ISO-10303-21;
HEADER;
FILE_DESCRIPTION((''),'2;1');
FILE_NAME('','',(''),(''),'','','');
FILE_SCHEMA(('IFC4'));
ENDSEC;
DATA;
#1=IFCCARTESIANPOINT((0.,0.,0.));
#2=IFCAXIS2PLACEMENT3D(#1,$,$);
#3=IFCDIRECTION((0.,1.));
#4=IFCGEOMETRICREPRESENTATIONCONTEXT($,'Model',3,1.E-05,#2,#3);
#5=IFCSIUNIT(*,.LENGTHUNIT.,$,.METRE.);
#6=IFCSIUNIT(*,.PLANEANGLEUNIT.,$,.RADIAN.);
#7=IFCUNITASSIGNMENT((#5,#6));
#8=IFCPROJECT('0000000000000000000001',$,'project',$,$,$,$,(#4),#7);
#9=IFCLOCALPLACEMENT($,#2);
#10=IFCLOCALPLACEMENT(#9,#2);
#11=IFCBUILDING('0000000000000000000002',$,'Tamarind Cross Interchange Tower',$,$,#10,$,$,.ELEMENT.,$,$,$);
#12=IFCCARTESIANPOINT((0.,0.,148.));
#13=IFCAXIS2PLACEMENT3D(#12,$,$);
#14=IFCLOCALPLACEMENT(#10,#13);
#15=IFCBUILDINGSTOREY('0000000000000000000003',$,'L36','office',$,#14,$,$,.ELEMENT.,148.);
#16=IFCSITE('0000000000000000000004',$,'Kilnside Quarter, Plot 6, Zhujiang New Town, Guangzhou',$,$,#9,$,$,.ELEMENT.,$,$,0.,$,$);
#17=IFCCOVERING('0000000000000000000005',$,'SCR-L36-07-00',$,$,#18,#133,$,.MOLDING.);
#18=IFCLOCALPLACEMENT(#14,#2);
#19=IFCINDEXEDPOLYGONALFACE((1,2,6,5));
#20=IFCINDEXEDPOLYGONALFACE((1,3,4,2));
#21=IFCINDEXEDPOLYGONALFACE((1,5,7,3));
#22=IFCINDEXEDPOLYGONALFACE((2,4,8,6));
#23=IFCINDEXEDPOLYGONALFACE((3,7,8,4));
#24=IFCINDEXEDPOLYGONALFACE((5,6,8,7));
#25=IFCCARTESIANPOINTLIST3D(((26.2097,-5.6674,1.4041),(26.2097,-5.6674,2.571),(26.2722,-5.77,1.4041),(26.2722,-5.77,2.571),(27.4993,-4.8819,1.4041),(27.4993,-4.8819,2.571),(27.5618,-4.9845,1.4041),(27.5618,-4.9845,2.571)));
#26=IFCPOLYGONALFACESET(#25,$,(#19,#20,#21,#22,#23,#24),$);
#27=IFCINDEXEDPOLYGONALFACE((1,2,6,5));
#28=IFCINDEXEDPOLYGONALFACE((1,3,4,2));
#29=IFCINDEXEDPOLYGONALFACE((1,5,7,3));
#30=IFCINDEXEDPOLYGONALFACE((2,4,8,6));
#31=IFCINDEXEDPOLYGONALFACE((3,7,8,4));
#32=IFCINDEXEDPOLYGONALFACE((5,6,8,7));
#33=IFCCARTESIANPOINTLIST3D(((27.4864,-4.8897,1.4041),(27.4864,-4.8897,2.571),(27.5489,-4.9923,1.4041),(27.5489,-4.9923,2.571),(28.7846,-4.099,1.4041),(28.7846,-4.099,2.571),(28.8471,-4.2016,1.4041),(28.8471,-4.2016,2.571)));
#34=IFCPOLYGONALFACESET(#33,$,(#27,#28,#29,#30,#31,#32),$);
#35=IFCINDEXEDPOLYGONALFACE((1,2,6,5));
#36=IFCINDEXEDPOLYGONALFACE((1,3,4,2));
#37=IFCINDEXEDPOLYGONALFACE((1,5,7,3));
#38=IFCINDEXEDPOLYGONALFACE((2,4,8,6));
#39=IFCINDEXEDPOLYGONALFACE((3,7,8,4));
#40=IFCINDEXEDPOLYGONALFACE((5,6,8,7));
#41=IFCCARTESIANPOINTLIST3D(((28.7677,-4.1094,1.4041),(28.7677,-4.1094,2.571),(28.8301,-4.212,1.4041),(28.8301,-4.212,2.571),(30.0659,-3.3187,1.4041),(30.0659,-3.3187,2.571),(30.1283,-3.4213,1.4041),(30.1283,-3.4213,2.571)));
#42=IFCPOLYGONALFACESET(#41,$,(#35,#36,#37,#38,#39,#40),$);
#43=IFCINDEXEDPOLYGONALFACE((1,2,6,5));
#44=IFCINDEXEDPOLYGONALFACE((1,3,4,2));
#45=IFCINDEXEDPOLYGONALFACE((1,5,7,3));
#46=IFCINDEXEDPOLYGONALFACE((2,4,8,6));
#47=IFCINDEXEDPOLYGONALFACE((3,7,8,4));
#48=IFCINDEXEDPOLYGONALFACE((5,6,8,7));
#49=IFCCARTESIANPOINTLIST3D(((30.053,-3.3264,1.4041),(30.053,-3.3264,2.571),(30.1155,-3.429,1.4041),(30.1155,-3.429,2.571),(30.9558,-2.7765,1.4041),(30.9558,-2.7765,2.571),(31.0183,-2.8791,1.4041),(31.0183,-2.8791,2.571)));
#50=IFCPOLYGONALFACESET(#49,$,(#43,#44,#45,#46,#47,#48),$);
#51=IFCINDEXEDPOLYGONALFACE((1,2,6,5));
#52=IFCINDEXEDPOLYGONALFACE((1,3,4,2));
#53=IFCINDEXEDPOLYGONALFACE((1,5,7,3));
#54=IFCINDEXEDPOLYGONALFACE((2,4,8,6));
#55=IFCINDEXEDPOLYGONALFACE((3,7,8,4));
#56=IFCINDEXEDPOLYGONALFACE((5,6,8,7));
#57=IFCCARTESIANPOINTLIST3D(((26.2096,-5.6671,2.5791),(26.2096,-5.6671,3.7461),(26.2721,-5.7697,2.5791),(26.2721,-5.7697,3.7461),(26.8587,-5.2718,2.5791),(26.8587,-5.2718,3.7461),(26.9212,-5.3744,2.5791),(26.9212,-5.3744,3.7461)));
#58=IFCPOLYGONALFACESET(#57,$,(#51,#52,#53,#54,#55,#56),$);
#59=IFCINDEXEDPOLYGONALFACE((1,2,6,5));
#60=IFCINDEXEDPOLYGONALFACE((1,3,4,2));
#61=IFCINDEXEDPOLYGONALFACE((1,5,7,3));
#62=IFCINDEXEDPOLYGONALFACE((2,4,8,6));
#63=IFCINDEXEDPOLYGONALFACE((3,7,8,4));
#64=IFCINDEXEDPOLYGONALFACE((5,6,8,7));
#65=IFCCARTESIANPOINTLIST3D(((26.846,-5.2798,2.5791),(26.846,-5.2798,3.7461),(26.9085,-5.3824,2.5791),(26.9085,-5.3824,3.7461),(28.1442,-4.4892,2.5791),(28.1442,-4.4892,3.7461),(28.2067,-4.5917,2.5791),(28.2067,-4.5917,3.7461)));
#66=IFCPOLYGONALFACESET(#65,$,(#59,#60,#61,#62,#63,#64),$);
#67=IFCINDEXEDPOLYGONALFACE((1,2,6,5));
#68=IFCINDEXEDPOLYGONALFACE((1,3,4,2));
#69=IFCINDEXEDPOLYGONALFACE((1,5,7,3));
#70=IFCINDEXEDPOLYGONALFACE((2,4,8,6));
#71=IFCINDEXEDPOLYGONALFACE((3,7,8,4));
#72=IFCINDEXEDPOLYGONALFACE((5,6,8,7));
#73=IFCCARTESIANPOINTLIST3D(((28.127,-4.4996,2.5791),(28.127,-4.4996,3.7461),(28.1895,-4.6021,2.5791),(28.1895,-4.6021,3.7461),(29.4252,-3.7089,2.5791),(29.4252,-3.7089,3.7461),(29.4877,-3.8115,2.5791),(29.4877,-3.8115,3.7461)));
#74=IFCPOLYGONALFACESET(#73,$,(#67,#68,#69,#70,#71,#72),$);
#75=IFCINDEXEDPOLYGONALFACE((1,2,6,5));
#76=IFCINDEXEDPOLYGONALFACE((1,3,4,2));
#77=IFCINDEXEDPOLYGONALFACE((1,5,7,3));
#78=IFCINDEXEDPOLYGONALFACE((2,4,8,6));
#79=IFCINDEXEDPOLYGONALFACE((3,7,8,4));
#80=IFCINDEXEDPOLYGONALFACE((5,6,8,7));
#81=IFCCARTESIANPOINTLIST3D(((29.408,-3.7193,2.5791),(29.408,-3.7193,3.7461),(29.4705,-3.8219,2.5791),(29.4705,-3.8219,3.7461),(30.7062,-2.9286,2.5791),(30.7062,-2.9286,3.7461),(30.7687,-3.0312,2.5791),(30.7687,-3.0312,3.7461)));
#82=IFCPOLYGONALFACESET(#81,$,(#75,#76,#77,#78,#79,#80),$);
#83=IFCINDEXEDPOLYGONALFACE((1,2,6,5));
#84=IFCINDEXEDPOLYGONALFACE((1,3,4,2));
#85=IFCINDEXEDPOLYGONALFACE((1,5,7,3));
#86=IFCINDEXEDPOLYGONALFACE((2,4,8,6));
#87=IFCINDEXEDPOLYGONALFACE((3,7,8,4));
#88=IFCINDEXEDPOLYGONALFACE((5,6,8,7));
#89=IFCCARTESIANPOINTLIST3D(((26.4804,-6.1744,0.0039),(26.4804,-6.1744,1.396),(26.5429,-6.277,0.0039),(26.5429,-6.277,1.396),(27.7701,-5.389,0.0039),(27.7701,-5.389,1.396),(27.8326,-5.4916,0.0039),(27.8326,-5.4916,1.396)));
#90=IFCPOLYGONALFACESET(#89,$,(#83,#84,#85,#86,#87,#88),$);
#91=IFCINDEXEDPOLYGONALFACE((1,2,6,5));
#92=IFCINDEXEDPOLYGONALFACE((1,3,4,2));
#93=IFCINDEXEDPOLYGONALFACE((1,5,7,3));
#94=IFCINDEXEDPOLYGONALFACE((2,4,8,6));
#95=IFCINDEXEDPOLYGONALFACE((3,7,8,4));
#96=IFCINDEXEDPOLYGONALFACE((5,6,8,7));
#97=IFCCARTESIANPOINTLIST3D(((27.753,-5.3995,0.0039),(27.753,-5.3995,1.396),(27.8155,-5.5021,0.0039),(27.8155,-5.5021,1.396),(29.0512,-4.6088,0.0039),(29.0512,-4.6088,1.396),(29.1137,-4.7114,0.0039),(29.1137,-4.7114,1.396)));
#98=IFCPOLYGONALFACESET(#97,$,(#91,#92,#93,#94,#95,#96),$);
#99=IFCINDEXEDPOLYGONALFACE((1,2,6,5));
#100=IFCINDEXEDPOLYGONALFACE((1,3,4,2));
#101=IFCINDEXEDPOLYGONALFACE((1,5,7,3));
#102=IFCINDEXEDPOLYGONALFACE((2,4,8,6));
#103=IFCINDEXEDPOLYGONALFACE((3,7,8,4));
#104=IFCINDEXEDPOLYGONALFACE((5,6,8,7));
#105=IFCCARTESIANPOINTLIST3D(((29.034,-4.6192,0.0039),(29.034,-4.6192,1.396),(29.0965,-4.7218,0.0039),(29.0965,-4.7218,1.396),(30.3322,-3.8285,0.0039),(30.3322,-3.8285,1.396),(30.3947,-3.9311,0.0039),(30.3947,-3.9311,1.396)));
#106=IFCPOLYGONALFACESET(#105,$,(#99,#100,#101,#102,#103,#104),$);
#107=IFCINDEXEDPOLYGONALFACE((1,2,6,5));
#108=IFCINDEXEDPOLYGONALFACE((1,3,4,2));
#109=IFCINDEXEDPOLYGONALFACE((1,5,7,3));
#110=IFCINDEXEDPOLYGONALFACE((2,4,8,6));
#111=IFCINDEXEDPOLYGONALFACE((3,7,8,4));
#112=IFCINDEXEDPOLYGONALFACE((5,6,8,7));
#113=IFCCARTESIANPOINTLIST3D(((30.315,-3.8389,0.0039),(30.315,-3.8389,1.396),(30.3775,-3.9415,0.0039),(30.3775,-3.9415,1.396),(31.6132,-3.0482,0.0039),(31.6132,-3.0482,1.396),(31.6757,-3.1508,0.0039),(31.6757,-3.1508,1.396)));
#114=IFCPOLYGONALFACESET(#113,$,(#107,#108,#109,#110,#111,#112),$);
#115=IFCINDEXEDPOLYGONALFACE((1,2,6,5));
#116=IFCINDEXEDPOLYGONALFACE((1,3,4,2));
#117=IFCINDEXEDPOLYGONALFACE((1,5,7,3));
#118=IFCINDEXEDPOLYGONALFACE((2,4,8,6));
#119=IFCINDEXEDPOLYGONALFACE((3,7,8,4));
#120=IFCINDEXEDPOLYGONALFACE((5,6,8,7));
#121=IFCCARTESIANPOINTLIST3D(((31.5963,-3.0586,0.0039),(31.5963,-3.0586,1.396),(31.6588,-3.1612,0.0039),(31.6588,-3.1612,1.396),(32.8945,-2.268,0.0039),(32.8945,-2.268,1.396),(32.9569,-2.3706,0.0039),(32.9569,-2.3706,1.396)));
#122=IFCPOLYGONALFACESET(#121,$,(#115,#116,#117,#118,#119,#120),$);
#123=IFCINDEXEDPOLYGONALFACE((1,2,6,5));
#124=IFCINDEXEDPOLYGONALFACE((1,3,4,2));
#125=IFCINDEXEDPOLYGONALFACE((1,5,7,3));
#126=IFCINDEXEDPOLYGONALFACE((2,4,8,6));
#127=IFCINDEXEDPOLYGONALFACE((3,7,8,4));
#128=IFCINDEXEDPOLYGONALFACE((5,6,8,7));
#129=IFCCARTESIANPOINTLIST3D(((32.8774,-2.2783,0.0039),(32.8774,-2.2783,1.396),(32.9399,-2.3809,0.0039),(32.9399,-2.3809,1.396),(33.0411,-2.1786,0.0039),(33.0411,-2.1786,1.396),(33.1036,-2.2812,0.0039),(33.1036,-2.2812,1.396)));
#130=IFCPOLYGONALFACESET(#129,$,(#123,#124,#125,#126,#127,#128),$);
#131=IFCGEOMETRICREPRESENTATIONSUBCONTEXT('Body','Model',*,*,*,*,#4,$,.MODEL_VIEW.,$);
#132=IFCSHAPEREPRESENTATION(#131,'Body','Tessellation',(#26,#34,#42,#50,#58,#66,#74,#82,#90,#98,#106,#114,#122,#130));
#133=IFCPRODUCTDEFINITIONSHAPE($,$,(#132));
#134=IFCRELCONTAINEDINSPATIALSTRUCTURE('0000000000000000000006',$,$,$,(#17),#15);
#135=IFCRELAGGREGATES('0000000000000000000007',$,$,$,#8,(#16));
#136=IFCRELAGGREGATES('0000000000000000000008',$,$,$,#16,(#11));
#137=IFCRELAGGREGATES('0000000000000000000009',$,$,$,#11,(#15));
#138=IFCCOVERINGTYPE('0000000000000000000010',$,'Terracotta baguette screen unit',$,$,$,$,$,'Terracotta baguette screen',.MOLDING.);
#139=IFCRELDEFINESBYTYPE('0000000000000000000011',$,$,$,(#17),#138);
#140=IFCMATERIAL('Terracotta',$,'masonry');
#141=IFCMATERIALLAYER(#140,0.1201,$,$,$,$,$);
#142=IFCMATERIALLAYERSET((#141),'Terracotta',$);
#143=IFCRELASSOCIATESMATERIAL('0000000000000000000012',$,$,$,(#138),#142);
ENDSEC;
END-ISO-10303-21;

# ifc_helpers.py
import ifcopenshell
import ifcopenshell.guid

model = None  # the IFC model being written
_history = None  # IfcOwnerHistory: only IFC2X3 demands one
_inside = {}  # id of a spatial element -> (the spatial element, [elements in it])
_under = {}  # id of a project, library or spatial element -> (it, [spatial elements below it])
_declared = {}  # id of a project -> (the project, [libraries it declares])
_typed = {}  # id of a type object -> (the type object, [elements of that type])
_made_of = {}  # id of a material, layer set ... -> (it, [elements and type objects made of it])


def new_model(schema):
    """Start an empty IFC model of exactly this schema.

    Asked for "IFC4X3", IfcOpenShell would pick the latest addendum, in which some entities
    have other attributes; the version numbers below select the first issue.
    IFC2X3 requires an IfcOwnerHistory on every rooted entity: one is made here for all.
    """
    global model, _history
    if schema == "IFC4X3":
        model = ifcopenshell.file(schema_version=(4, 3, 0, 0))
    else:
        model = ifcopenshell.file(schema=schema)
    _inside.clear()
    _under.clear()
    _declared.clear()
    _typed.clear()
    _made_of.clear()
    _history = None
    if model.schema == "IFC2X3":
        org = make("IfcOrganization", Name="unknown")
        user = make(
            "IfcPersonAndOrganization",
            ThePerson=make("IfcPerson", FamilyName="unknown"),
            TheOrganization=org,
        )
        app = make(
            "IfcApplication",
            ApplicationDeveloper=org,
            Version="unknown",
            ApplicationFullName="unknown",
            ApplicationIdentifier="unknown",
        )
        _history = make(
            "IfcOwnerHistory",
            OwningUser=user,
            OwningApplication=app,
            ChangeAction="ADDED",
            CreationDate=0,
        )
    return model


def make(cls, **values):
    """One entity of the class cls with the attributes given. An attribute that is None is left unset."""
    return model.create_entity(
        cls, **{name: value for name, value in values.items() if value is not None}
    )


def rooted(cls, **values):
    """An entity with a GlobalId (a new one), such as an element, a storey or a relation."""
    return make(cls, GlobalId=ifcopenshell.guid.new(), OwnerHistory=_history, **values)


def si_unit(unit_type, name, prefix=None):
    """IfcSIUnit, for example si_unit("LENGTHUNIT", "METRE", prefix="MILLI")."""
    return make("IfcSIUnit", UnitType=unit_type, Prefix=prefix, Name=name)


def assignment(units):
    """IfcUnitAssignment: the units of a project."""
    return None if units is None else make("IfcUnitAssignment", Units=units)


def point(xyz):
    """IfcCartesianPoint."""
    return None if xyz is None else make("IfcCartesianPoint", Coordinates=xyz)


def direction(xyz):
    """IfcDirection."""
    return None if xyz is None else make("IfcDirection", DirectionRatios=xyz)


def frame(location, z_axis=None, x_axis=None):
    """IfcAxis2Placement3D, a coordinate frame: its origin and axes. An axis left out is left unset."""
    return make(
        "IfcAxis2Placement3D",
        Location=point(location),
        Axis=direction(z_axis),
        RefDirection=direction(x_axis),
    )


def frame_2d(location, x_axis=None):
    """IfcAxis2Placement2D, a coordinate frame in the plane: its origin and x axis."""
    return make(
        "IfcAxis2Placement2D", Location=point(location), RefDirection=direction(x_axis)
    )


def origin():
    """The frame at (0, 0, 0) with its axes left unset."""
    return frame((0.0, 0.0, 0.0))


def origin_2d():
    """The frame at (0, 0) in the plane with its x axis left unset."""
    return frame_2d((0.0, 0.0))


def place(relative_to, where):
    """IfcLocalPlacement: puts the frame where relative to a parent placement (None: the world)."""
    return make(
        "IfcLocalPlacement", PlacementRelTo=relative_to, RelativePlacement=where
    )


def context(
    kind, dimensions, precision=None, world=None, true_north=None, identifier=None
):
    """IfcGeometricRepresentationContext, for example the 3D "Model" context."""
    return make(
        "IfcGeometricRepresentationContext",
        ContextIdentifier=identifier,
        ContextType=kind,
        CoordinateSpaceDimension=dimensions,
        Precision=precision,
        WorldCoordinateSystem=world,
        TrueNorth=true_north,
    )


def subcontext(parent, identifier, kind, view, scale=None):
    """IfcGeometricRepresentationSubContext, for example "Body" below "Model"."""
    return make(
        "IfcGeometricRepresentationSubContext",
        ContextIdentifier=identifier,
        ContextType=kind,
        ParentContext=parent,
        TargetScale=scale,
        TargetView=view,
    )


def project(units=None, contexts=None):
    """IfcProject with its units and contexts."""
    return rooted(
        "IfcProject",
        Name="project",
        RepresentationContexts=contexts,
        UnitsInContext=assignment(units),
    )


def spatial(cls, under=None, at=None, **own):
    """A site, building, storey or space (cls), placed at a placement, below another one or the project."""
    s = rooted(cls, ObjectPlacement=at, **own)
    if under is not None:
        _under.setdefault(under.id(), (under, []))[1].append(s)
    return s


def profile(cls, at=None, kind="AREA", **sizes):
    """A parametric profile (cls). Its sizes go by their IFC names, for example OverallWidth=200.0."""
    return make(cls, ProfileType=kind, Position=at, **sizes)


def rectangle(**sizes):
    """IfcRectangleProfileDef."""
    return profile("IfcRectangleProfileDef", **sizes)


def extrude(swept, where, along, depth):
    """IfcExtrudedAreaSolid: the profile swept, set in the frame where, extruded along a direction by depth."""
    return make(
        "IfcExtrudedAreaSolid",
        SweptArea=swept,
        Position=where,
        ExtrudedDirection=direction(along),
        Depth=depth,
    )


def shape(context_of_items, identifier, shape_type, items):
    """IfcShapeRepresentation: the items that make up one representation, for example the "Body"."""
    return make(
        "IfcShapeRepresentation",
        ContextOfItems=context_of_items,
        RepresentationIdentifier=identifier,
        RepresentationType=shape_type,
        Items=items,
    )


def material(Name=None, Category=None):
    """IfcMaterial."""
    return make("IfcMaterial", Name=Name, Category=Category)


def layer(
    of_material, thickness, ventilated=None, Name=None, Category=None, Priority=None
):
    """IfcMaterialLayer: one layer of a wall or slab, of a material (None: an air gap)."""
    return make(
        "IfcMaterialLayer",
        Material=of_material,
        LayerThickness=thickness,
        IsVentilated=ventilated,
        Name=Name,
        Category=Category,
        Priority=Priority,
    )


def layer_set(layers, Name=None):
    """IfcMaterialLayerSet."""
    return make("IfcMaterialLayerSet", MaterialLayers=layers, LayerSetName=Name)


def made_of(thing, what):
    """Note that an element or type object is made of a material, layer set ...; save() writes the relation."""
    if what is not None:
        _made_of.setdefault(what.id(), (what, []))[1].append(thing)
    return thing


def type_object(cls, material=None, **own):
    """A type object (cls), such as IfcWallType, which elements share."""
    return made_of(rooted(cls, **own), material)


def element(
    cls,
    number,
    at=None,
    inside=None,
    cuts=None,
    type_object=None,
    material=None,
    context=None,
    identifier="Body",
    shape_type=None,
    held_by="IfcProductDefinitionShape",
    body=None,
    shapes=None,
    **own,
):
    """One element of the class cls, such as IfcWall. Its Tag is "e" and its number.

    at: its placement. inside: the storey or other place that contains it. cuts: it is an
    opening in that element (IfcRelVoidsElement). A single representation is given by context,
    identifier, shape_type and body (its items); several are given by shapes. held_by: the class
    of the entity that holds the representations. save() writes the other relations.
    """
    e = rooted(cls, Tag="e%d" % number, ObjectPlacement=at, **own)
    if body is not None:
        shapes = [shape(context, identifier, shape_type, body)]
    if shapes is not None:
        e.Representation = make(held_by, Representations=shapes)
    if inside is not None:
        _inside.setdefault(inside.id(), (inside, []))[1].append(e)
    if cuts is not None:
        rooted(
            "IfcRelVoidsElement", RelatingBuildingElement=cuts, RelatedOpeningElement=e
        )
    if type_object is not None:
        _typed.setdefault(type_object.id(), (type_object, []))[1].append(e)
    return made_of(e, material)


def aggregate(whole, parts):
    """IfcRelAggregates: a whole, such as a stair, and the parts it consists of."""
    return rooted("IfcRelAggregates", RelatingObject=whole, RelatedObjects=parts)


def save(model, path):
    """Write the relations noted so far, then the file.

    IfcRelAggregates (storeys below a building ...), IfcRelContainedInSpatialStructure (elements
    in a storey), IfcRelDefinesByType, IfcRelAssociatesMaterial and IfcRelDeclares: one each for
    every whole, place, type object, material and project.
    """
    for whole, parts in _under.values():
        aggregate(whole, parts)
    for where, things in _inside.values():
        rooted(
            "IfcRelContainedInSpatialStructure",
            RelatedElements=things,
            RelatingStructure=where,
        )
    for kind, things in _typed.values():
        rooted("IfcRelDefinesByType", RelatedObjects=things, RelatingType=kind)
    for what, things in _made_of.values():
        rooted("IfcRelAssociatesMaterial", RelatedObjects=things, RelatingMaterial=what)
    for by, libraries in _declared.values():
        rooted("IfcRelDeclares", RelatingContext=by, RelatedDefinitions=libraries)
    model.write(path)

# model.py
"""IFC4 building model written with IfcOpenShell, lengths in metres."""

from ifc_helpers import new_model, si_unit, direction, frame, origin, origin_2d, place, context, subcontext, project, spatial, rectangle, extrude, material, layer, layer_set, type_object, element, save


model = new_model("IFC4")

# Units and contexts
model_context = context("Model", 3, precision=1e-05, world=origin(), true_north=direction((0.0, 1.0)))
body_context = subcontext(model_context, "Body", "Model", "MODEL_VIEW")
ifc_project = project(units=[si_unit("LENGTHUNIT", "METRE"), si_unit("PLANEANGLEUNIT", "RADIAN")], contexts=[model_context])

# Site, building, storey
site_placement = place(None, origin())
site = spatial("IfcSite", under=ifc_project, at=site_placement, Name="Kilnside Quarter, Plot 6, Zhujiang New Town, Guangzhou", CompositionType="ELEMENT", RefElevation=0.0)
building_placement = place(site_placement, origin())
building = spatial("IfcBuilding", under=site, at=building_placement, Name="Tamarind Cross Interchange Tower", CompositionType="ELEMENT")
storey_placement = place(building_placement, frame((0.0, 0.0, 148.0)))
storey = spatial("IfcBuildingStorey", under=building, at=storey_placement, Name="L36", Description="office", CompositionType="ELEMENT", Elevation=148.0)

# Covering
ifc_material_1 = material(Name="Terracotta", Category="masonry")
ifc_layer_1 = layer(ifc_material_1, 0.1201)
ifc_layer_set_1 = layer_set([ifc_layer_1], Name="Terracotta")
covering_type = type_object("IfcCoveringType", Name="Terracotta baguette screen unit", ElementType="Terracotta baguette screen", PredefinedType="MOLDING", material=ifc_layer_set_1)
covering_1_placement = place(storey_placement, origin())
element("IfcCovering", 1, at=covering_1_placement, inside=storey, type_object=covering_type, Name="SCR-L36-07-00", PredefinedType="MOLDING", context=body_context, shape_type="SweptSolid", body=[
    extrude(rectangle(XDim=1.51, YDim=0.1201, at=origin_2d()), frame((26.8857, -5.3259, 1.4041), z_axis=(0.0, 0.0, 1.0), x_axis=(0.85406, 0.520175, 0.0)), (0.0, 0.0, 1.0), 1.167),
    extrude(rectangle(XDim=1.52, YDim=0.1201, at=origin_2d()), frame((28.1667, -4.5457, 1.4041), z_axis=(0.0, 0.0, 1.0), x_axis=(0.85406, 0.520175, 0.0)), (0.0, 0.0, 1.0), 1.167),
    extrude(rectangle(XDim=1.52, YDim=0.1201, at=origin_2d()), frame((29.448, -3.7654, 1.4041), z_axis=(0.0, 0.0, 1.0), x_axis=(0.85406, 0.520175, 0.0)), (0.0, 0.0, 1.0), 1.167),
    extrude(rectangle(XDim=1.0571, YDim=0.1201, at=origin_2d()), frame((30.5356, -3.1028, 1.4041), z_axis=(0.0, 0.0, 1.0), x_axis=(0.85406, 0.520175, 0.0)), (0.0, 0.0, 1.0), 1.167),
    extrude(rectangle(XDim=0.76, YDim=0.1201, at=origin_2d()), frame((26.5654, -5.5208, 2.5791), z_axis=(0.0, 0.0, 1.0), x_axis=(0.85406, 0.520175, 0.0)), (0.0, 0.0, 1.0), 1.167),
    extrude(rectangle(XDim=1.52, YDim=0.1201, at=origin_2d()), frame((27.5264, -4.9358, 2.5791), z_axis=(0.0, 0.0, 1.0), x_axis=(0.85406, 0.520175, 0.0)), (0.0, 0.0, 1.0), 1.167),
    extrude(rectangle(XDim=1.52, YDim=0.1201, at=origin_2d()), frame((28.8074, -4.1555, 2.5791), z_axis=(0.0, 0.0, 1.0), x_axis=(0.85406, 0.520175, 0.0)), (0.0, 0.0, 1.0), 1.167),
    extrude(rectangle(XDim=1.52, YDim=0.1201, at=origin_2d()), frame((30.0884, -3.3752, 2.5791), z_axis=(0.0, 0.0, 1.0), x_axis=(0.85406, 0.520175, 0.0)), (0.0, 0.0, 1.0), 1.167),
    extrude(rectangle(XDim=1.51, YDim=0.1201, at=origin_2d()), frame((27.1565, -5.833, 0.0039), z_axis=(0.0, 0.0, 1.0), x_axis=(0.85406, 0.520175, 0.0)), (0.0, 0.0, 1.0), 1.3921),
    extrude(rectangle(XDim=1.52, YDim=0.1201, at=origin_2d()), frame((28.4333, -5.0554, 0.0039), z_axis=(0.0, 0.0, 1.0), x_axis=(0.85406, 0.520175, 0.0)), (0.0, 0.0, 1.0), 1.3921),
    extrude(rectangle(XDim=1.52, YDim=0.1201, at=origin_2d()), frame((29.7144, -4.2751, 0.0039), z_axis=(0.0, 0.0, 1.0), x_axis=(0.85406, 0.520175, 0.0)), (0.0, 0.0, 1.0), 1.3921),
    extrude(rectangle(XDim=1.52, YDim=0.1201, at=origin_2d()), frame((30.9954, -3.4949, 0.0039), z_axis=(0.0, 0.0, 1.0), x_axis=(0.85406, 0.520175, 0.0)), (0.0, 0.0, 1.0), 1.3921),
    extrude(rectangle(XDim=1.52, YDim=0.1201, at=origin_2d()), frame((32.2766, -2.7146, 0.0039), z_axis=(0.0, 0.0, 1.0), x_axis=(0.85406, 0.520175, 0.0)), (0.0, 0.0, 1.0), 1.3921),
    extrude(rectangle(XDim=0.1917, YDim=0.1201, at=origin_2d()), frame((32.9905, -2.2798, 0.0039), z_axis=(0.0, 0.0, 1.0), x_axis=(0.85406, 0.520175, 0.0)), (0.0, 0.0, 1.0), 1.3921),
])

save(model, "model.ifc")
